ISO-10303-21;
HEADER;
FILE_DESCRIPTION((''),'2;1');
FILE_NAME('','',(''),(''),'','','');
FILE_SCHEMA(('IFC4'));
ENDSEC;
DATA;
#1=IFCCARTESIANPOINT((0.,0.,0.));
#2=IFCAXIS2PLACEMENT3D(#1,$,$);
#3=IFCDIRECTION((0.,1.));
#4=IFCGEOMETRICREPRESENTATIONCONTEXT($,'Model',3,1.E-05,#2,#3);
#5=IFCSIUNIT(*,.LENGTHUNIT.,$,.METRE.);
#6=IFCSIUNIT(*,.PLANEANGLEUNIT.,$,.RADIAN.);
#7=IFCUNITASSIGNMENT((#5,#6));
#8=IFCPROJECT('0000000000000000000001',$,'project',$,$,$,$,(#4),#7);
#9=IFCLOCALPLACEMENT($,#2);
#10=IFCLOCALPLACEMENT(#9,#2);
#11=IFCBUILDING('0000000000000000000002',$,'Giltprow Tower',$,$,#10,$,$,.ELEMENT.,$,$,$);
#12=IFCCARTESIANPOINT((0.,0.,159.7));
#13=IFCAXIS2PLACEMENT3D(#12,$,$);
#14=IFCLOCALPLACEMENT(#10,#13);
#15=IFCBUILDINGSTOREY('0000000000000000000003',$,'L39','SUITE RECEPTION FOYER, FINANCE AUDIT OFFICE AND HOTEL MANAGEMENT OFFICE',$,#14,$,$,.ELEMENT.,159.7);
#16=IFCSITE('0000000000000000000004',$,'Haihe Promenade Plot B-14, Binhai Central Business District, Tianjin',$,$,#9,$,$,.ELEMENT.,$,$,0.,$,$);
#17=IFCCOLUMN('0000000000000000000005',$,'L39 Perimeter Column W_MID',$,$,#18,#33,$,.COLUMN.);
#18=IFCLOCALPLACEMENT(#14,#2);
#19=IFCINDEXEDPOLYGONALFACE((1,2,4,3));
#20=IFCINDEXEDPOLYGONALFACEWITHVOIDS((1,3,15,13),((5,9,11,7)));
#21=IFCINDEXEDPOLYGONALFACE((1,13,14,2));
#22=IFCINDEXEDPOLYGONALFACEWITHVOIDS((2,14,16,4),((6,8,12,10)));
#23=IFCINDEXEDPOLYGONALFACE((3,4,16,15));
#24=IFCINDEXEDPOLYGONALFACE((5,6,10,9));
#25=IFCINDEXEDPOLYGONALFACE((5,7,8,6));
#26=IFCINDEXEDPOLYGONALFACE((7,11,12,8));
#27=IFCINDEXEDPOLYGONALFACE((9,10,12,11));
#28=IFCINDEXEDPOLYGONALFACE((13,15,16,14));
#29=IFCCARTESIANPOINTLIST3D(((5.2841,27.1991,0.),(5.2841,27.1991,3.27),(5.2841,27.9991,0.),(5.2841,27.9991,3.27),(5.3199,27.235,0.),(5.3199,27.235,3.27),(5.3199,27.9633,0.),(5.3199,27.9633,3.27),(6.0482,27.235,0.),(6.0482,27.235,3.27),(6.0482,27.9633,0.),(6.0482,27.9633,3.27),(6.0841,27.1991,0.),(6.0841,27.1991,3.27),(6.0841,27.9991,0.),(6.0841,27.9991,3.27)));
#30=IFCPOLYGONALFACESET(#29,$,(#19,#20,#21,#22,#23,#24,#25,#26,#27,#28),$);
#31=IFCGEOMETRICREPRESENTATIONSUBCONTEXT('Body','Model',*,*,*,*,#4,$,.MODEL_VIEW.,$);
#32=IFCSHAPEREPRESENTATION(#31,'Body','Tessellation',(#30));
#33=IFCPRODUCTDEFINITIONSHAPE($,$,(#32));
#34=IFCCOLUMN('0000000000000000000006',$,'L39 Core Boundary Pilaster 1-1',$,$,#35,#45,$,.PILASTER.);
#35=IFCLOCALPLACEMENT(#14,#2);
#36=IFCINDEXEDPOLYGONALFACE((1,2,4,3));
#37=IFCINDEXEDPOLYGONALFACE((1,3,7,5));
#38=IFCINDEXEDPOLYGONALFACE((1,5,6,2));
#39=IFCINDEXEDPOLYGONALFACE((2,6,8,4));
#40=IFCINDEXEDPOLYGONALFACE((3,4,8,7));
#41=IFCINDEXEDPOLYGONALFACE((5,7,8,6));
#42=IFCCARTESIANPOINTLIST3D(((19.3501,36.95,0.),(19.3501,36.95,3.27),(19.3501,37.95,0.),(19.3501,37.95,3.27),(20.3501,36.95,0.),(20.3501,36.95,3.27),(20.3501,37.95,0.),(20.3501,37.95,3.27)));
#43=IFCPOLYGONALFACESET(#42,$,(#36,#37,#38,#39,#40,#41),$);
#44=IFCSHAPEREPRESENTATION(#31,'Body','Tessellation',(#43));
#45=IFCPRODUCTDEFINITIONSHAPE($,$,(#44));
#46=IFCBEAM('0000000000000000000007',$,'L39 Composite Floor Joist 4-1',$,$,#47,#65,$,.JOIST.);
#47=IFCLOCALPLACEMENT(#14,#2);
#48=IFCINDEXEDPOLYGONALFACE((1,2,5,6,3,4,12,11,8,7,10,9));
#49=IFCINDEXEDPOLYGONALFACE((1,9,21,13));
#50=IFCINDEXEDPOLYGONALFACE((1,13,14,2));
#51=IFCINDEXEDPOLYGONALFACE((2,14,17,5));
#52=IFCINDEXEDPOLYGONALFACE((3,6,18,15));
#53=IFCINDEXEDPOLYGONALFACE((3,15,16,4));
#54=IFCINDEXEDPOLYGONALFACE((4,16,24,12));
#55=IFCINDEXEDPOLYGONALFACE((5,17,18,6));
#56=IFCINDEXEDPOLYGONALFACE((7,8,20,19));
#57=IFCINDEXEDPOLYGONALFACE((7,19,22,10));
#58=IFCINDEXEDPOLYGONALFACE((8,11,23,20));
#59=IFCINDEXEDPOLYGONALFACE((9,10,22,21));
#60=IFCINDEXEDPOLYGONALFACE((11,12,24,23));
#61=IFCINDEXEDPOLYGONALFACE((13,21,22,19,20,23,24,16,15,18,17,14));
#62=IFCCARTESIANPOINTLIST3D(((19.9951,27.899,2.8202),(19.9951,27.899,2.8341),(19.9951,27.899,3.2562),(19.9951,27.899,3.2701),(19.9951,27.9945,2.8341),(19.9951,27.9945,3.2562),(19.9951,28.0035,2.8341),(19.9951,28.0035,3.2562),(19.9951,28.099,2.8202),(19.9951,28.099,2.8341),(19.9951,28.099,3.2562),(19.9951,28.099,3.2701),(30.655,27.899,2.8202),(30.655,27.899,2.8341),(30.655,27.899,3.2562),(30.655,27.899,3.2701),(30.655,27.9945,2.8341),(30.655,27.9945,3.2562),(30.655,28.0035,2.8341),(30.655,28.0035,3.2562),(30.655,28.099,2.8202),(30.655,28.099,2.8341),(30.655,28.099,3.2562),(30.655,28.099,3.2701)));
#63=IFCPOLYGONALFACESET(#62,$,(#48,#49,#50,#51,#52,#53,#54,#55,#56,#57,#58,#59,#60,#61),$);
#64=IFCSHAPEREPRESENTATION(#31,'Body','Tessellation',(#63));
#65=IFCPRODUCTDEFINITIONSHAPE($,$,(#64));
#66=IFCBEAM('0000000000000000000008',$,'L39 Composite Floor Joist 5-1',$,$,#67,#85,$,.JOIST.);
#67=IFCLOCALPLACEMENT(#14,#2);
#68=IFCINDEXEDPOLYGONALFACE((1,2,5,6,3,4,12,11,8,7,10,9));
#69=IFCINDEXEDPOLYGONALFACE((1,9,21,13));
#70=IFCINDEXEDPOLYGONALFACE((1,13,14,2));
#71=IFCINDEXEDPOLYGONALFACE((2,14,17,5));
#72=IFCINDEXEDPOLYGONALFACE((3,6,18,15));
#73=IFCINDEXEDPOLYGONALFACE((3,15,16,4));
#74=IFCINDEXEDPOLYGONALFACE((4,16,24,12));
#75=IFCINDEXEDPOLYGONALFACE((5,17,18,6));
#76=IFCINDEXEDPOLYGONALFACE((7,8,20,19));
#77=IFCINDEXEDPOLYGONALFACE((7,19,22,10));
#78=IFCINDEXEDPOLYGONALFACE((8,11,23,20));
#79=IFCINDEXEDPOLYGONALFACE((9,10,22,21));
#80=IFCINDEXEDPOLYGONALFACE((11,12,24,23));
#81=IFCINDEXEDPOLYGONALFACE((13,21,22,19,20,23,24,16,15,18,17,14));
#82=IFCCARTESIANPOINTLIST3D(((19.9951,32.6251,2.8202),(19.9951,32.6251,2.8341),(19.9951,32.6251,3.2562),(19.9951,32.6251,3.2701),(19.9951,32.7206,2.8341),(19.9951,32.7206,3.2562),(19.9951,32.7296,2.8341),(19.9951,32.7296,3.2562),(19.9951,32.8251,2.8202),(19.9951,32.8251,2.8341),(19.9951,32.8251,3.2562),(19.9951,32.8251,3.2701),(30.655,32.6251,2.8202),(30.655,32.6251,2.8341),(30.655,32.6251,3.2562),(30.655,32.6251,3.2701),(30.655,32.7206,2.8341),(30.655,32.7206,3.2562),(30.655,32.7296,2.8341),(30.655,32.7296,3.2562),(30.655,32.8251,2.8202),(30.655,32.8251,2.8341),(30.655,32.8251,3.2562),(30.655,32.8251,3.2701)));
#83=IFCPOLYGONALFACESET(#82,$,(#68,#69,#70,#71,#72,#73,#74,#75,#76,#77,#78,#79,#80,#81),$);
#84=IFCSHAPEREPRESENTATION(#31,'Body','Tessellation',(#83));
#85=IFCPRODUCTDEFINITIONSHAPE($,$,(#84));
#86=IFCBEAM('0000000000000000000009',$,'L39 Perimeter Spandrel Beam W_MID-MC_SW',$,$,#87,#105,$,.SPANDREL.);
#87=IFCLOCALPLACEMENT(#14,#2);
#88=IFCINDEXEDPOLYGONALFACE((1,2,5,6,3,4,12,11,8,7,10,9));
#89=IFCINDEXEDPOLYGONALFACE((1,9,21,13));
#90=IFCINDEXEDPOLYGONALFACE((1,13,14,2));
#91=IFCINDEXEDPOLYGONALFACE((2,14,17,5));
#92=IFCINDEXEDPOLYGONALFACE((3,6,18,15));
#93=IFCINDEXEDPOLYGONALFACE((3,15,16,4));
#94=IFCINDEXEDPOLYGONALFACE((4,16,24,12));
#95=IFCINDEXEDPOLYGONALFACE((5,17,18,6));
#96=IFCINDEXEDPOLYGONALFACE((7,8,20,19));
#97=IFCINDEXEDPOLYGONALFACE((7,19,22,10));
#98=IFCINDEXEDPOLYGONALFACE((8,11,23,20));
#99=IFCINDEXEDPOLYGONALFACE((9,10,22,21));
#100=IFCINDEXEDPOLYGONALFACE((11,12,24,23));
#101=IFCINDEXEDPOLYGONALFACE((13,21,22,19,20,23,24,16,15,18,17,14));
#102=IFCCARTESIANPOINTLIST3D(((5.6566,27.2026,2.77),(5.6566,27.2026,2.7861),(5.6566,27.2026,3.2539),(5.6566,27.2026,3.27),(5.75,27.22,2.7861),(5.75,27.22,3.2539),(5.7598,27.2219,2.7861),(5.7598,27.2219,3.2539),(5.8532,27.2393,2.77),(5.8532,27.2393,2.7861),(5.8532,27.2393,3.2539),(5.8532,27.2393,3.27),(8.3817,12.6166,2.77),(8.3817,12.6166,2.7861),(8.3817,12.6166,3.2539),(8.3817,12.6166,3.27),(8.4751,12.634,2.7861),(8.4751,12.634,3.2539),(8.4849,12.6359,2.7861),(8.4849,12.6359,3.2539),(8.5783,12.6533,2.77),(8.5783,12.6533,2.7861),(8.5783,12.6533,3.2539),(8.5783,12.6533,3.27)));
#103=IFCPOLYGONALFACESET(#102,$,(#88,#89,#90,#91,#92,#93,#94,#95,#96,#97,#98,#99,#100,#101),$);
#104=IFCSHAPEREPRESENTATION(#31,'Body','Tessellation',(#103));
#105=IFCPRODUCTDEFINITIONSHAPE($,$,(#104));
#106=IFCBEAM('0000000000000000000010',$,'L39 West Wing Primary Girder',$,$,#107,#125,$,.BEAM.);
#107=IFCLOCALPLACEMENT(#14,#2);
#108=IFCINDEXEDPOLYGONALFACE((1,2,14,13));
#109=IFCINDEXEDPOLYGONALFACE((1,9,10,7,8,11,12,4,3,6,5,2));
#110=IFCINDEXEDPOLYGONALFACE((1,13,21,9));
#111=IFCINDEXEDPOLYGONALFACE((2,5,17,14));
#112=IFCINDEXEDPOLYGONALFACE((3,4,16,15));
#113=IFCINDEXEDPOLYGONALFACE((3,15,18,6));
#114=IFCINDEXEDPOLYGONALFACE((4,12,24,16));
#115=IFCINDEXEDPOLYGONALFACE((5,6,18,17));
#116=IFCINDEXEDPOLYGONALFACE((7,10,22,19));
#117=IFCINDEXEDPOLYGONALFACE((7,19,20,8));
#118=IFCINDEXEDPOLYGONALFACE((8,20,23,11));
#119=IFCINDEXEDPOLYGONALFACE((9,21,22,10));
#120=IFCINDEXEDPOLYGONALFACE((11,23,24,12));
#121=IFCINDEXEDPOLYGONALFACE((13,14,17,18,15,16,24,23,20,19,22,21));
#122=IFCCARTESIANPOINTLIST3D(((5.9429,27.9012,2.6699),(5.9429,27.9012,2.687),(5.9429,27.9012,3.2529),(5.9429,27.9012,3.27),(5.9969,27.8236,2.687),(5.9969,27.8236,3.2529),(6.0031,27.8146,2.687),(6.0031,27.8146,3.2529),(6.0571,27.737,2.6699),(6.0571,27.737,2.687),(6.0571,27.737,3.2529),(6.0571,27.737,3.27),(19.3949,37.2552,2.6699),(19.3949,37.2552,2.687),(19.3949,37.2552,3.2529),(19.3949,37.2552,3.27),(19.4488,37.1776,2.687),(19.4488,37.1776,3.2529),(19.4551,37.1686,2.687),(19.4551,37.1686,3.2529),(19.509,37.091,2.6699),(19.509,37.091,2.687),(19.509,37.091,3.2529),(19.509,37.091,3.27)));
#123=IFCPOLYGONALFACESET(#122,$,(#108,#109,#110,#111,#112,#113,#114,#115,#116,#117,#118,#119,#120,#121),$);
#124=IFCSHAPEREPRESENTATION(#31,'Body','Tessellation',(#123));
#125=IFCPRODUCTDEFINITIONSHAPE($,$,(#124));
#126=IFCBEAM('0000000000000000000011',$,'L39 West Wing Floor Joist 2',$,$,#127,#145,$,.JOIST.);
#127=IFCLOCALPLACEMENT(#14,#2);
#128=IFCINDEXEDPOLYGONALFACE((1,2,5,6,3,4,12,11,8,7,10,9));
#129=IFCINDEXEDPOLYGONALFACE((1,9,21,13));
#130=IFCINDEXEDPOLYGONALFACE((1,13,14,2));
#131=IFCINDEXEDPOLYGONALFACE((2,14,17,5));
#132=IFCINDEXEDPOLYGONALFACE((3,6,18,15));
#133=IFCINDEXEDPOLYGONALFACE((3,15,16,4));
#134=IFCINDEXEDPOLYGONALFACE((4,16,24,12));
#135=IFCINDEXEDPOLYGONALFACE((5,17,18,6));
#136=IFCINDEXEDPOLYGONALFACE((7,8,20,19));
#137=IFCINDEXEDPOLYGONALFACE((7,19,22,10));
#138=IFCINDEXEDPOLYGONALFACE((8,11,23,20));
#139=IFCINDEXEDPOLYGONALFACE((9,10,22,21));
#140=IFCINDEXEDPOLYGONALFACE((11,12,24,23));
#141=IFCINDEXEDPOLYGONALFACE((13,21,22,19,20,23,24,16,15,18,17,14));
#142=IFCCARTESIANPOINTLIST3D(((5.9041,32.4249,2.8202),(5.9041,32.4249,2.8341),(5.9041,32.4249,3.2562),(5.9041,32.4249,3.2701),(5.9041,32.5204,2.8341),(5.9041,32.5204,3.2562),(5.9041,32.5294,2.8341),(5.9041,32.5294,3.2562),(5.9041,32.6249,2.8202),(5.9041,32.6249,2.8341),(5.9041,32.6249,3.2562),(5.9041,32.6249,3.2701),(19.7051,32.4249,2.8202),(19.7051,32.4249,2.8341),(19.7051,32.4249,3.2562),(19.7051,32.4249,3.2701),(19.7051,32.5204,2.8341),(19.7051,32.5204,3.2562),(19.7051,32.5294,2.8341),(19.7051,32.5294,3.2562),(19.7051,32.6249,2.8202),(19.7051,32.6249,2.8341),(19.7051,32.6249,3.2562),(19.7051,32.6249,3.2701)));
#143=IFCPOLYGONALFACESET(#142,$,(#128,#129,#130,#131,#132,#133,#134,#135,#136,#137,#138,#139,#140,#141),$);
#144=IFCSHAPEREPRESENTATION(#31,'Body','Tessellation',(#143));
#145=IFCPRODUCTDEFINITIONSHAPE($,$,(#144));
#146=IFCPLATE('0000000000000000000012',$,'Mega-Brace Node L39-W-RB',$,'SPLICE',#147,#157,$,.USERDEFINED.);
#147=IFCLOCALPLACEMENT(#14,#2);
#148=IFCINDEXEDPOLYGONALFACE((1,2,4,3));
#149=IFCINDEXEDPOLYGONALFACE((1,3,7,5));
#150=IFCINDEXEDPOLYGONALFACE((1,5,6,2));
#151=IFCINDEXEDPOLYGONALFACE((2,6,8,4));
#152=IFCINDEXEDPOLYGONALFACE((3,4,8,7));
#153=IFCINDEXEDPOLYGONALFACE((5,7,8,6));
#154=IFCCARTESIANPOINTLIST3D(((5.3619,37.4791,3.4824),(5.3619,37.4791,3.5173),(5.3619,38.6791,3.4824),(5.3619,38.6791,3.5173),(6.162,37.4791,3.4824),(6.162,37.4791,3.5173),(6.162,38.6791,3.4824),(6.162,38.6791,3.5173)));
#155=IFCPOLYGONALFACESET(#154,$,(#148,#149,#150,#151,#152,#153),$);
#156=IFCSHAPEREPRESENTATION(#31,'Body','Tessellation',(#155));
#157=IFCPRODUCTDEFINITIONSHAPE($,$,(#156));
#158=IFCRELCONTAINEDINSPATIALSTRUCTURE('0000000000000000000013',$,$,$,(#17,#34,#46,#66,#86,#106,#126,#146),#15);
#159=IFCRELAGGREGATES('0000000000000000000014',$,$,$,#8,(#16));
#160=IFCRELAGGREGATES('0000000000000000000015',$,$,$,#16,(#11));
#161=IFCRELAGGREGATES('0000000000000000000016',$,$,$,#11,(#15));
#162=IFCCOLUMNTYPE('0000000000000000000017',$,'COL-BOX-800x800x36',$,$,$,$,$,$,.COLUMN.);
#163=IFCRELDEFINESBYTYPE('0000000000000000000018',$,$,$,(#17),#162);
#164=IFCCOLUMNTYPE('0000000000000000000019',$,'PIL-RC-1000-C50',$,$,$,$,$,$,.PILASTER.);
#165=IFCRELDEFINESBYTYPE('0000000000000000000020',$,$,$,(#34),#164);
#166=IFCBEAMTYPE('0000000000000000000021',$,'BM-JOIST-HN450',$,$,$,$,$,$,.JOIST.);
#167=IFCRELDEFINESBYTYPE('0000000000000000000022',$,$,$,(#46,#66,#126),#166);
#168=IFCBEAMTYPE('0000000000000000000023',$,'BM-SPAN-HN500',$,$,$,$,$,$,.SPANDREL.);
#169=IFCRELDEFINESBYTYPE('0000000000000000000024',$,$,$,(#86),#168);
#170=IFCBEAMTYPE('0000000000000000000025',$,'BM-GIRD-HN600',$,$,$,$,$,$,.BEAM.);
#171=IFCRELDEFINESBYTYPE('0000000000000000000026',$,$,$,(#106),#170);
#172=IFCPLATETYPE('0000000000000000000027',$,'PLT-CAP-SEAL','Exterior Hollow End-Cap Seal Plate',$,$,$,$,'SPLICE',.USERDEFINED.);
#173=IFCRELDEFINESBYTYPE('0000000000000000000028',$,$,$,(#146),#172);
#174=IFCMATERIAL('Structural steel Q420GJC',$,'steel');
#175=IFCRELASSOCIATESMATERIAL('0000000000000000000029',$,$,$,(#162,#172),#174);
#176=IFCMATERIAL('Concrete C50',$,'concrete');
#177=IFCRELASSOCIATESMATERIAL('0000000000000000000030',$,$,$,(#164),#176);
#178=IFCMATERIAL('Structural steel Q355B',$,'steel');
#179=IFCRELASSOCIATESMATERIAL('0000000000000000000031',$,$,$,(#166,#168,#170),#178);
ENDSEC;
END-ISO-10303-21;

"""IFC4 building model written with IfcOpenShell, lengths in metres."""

from ifc_helpers import new_model, si_unit, direction, frame, origin, origin_2d, place, context, subcontext, project, spatial, rectangle, hollow_rectangle, i_section, extrude, source, transform, mapped, material, material_profile, profile_set, type_object, element, save


model = new_model("IFC4")

# Units and contexts
model_context = context("Model", 3, precision=1e-05, world=origin(), true_north=direction((0.0, 1.0)))
body_context = subcontext(model_context, "Body", "Model", "MODEL_VIEW")
ifc_project = project(units=[si_unit("LENGTHUNIT", "METRE"), si_unit("PLANEANGLEUNIT", "RADIAN")], contexts=[model_context])

# Site, building, storey
site_placement = place(None, origin())
site = spatial("IfcSite", under=ifc_project, at=site_placement, Name="Haihe Promenade Plot B-14, Binhai Central Business District, Tianjin", CompositionType="ELEMENT", RefElevation=0.0)
building_placement = place(site_placement, origin())
building = spatial("IfcBuilding", under=site, at=building_placement, Name="Giltprow Tower", CompositionType="ELEMENT")
storey_placement = place(building_placement, frame((0.0, 0.0, 159.7)))
storey = spatial("IfcBuildingStorey", under=building, at=storey_placement, Name="L39", Description="SUITE RECEPTION FOYER, FINANCE AUDIT OFFICE AND HOTEL MANAGEMENT OFFICE", CompositionType="ELEMENT", Elevation=159.7)

# Columns
ifc_material_1 = material(Name="Structural steel Q420GJC", Category="steel")
ifc_material_profile_1 = material_profile(ifc_material_1, hollow_rectangle(XDim=0.8, YDim=0.8, WallThickness=0.0359, at=origin_2d()), Name="BOX 800x800x36")
ifc_profile_set_1 = profile_set([ifc_material_profile_1], Name="Structural steel Q420GJC")
column_type_1 = type_object("IfcColumnType", Name="COL-BOX-800x800x36", PredefinedType="COLUMN", material=ifc_profile_set_1)
shared_shape_1 = source(origin(), body_context, "Body", "SweptSolid", [
    extrude(hollow_rectangle(XDim=0.8, YDim=0.8, WallThickness=0.0359, at=origin_2d()), origin(), (0.0, 0.0, 1.0), 3.27),
])
column_1_placement = place(storey_placement, frame((5.6841, 27.5991, 0.0), z_axis=(0.0, 0.0, 1.0), x_axis=(1.0, 0.0, 0.0)))
element("IfcColumn", 1, at=column_1_placement, inside=storey, type_object=column_type_1, Name="L39 Perimeter Column W_MID", PredefinedType="COLUMN", context=body_context, shape_type="MappedRepresentation", body=[
    mapped(shared_shape_1, transform((0.0, 0.0, 0.0), x_axis=(1.0, 0.0, 0.0), y_axis=(0.0, 1.0, 0.0), z_axis=(0.0, 0.0, 1.0), scale=1.0)),
])
ifc_material_2 = material(Name="Concrete C50", Category="concrete")
ifc_material_profile_2 = material_profile(ifc_material_2, rectangle(XDim=1.0, YDim=1.0, at=origin_2d()), Name="RC 1000x1000")
ifc_profile_set_2 = profile_set([ifc_material_profile_2], Name="Concrete C50")
column_type_2 = type_object("IfcColumnType", Name="PIL-RC-1000-C50", PredefinedType="PILASTER", material=ifc_profile_set_2)
shared_shape_2 = source(origin(), body_context, "Body", "SweptSolid", [
    extrude(rectangle(XDim=1.0, YDim=1.0, at=origin_2d()), origin(), (0.0, 0.0, 1.0), 3.27),
])
column_2_placement = place(storey_placement, frame((19.8501, 37.45, 0.0), z_axis=(0.0, 0.0, 1.0), x_axis=(1.0, 0.0, 0.0)))
element("IfcColumn", 2, at=column_2_placement, inside=storey, type_object=column_type_2, Name="L39 Core Boundary Pilaster 1-1", PredefinedType="PILASTER", context=body_context, shape_type="MappedRepresentation", body=[
    mapped(shared_shape_2, transform((0.0, 0.0, 0.0), x_axis=(1.0, 0.0, 0.0), y_axis=(0.0, 1.0, 0.0), z_axis=(0.0, 0.0, 1.0), scale=1.0)),
])

# Beams
ifc_material_3 = material(Name="Structural steel Q355B", Category="steel")
ifc_material_profile_3 = material_profile(ifc_material_3, i_section(OverallWidth=0.2, OverallDepth=0.45, WebThickness=0.009, FlangeThickness=0.0139, at=origin_2d()), Name="HN 450x200x9x14")
ifc_profile_set_3 = profile_set([ifc_material_profile_3], Name="Structural steel Q355B")
beam_type_1 = type_object("IfcBeamType", Name="BM-JOIST-HN450", PredefinedType="JOIST", material=ifc_profile_set_3)
shared_shape_3 = source(origin(), body_context, "Body", "SweptSolid", [
    extrude(i_section(OverallWidth=0.2, OverallDepth=0.45, WebThickness=0.009, FlangeThickness=0.0139, at=origin_2d()), origin(), (0.0, 0.0, 1.0), 10.6599),
])
for number, where, z_axis, x_axis, name in (
    (3, (19.9951, 27.999, 3.0452), (1.0, 0.0, 0.0), (0.0, 1.0, 0.0), "L39 Composite Floor Joist 4-1"),
    (4, (19.9951, 32.7251, 3.0452), (1.0, 0.0, 0.0), (0.0, 1.0, 0.0), "L39 Composite Floor Joist 5-1"),
):
    element("IfcBeam", number, at=place(storey_placement, frame(where, z_axis=z_axis, x_axis=x_axis)), inside=storey, type_object=beam_type_1, Name=name, PredefinedType="JOIST", context=body_context, shape_type="MappedRepresentation", body=[
        mapped(shared_shape_3, transform((0.0, 0.0, 0.0), x_axis=(1.0, 0.0, 0.0), y_axis=(0.0, 1.0, 0.0), z_axis=(0.0, 0.0, 1.0), scale=1.0)),
    ])
ifc_material_profile_4 = material_profile(ifc_material_3, i_section(OverallWidth=0.2, OverallDepth=0.5, WebThickness=0.01, FlangeThickness=0.0161, at=origin_2d()), Name="HN 500x200x10x16")
ifc_profile_set_4 = profile_set([ifc_material_profile_4], Name="Structural steel Q355B")
beam_type_2 = type_object("IfcBeamType", Name="BM-SPAN-HN500", PredefinedType="SPANDREL", material=ifc_profile_set_4)
shared_shape_4 = source(origin(), body_context, "Body", "SweptSolid", [
    extrude(i_section(OverallWidth=0.2, OverallDepth=0.5, WebThickness=0.01, FlangeThickness=0.0161, at=origin_2d()), origin(), (0.0, 0.0, 1.0), 14.8384),
])
beam_1_placement = place(storey_placement, frame((5.7549, 27.2209, 3.02), z_axis=(0.183653, -0.982991, 0.0), x_axis=(0.982991, 0.183653, 0.0)))
element("IfcBeam", 5, at=beam_1_placement, inside=storey, type_object=beam_type_2, Name="L39 Perimeter Spandrel Beam W_MID-MC_SW", PredefinedType="SPANDREL", context=body_context, shape_type="MappedRepresentation", body=[
    mapped(shared_shape_4, transform((0.0, 0.0, 0.0), x_axis=(1.0, 0.0, 0.0), y_axis=(0.0, 1.0, 0.0), z_axis=(0.0, 0.0, 1.0), scale=1.0)),
])
ifc_material_profile_5 = material_profile(ifc_material_3, i_section(OverallWidth=0.2, OverallDepth=0.6001, WebThickness=0.011, FlangeThickness=0.0171, at=origin_2d()), Name="HN 600x200x11x17")
ifc_profile_set_5 = profile_set([ifc_material_profile_5], Name="Structural steel Q355B")
beam_type_3 = type_object("IfcBeamType", Name="BM-GIRD-HN600", PredefinedType="BEAM", material=ifc_profile_set_5)
shared_shape_5 = source(origin(), body_context, "Body", "SweptSolid", [
    extrude(i_section(OverallWidth=0.2, OverallDepth=0.6001, WebThickness=0.011, FlangeThickness=0.0171, at=origin_2d()), origin(), (0.0, 0.0, 1.0), 16.3845),
])
beam_2_placement = place(storey_placement, frame((6.0, 27.8191, 2.97), z_axis=(0.821015, 0.570906, 0.0), x_axis=(-0.570906, 0.821015, 0.0)))
element("IfcBeam", 6, at=beam_2_placement, inside=storey, type_object=beam_type_3, Name="L39 West Wing Primary Girder", PredefinedType="BEAM", context=body_context, shape_type="MappedRepresentation", body=[
    mapped(shared_shape_5, transform((0.0, 0.0, 0.0), x_axis=(1.0, 0.0, 0.0), y_axis=(0.0, 1.0, 0.0), z_axis=(0.0, 0.0, 1.0), scale=1.0)),
])
shared_shape_6 = source(origin(), body_context, "Body", "SweptSolid", [
    extrude(i_section(OverallWidth=0.2, OverallDepth=0.45, WebThickness=0.009, FlangeThickness=0.0139, at=origin_2d()), origin(), (0.0, 0.0, 1.0), 13.801),
])
beam_3_placement = place(storey_placement, frame((5.9041, 32.5249, 3.0452), z_axis=(1.0, 0.0, 0.0), x_axis=(0.0, 1.0, 0.0)))
element("IfcBeam", 7, at=beam_3_placement, inside=storey, type_object=beam_type_1, Name="L39 West Wing Floor Joist 2", PredefinedType="JOIST", context=body_context, shape_type="MappedRepresentation", body=[
    mapped(shared_shape_6, transform((0.0, 0.0, 0.0), x_axis=(1.0, 0.0, 0.0), y_axis=(0.0, 1.0, 0.0), z_axis=(0.0, 0.0, 1.0), scale=1.0)),
])

# Plate
plate_type = type_object("IfcPlateType", Name="PLT-CAP-SEAL", Description="Exterior Hollow End-Cap Seal Plate", ElementType="SPLICE", PredefinedType="USERDEFINED", material=ifc_material_1)
shared_shape_7 = source(origin(), body_context, "Body", "SweptSolid", [
    extrude(rectangle(XDim=1.2, YDim=0.8, at=origin_2d()), origin(), (0.0, 0.0, 1.0), 0.0349),
])
plate_placement = place(storey_placement, frame((5.762, 38.0791, 3.4824), z_axis=(0.0, 0.0, 1.0), x_axis=(0.0, 1.0, 0.0)))
element("IfcPlate", 8, at=plate_placement, inside=storey, type_object=plate_type, Name="Mega-Brace Node L39-W-RB", ObjectType="SPLICE", PredefinedType="USERDEFINED", context=body_context, shape_type="MappedRepresentation", body=[
    mapped(shared_shape_7, transform((0.0, 0.0, 0.0), x_axis=(1.0, 0.0, 0.0), y_axis=(0.0, 1.0, 0.0), z_axis=(0.0, 0.0, 1.0), scale=1.0)),
])

save(model, "model.ifc")
